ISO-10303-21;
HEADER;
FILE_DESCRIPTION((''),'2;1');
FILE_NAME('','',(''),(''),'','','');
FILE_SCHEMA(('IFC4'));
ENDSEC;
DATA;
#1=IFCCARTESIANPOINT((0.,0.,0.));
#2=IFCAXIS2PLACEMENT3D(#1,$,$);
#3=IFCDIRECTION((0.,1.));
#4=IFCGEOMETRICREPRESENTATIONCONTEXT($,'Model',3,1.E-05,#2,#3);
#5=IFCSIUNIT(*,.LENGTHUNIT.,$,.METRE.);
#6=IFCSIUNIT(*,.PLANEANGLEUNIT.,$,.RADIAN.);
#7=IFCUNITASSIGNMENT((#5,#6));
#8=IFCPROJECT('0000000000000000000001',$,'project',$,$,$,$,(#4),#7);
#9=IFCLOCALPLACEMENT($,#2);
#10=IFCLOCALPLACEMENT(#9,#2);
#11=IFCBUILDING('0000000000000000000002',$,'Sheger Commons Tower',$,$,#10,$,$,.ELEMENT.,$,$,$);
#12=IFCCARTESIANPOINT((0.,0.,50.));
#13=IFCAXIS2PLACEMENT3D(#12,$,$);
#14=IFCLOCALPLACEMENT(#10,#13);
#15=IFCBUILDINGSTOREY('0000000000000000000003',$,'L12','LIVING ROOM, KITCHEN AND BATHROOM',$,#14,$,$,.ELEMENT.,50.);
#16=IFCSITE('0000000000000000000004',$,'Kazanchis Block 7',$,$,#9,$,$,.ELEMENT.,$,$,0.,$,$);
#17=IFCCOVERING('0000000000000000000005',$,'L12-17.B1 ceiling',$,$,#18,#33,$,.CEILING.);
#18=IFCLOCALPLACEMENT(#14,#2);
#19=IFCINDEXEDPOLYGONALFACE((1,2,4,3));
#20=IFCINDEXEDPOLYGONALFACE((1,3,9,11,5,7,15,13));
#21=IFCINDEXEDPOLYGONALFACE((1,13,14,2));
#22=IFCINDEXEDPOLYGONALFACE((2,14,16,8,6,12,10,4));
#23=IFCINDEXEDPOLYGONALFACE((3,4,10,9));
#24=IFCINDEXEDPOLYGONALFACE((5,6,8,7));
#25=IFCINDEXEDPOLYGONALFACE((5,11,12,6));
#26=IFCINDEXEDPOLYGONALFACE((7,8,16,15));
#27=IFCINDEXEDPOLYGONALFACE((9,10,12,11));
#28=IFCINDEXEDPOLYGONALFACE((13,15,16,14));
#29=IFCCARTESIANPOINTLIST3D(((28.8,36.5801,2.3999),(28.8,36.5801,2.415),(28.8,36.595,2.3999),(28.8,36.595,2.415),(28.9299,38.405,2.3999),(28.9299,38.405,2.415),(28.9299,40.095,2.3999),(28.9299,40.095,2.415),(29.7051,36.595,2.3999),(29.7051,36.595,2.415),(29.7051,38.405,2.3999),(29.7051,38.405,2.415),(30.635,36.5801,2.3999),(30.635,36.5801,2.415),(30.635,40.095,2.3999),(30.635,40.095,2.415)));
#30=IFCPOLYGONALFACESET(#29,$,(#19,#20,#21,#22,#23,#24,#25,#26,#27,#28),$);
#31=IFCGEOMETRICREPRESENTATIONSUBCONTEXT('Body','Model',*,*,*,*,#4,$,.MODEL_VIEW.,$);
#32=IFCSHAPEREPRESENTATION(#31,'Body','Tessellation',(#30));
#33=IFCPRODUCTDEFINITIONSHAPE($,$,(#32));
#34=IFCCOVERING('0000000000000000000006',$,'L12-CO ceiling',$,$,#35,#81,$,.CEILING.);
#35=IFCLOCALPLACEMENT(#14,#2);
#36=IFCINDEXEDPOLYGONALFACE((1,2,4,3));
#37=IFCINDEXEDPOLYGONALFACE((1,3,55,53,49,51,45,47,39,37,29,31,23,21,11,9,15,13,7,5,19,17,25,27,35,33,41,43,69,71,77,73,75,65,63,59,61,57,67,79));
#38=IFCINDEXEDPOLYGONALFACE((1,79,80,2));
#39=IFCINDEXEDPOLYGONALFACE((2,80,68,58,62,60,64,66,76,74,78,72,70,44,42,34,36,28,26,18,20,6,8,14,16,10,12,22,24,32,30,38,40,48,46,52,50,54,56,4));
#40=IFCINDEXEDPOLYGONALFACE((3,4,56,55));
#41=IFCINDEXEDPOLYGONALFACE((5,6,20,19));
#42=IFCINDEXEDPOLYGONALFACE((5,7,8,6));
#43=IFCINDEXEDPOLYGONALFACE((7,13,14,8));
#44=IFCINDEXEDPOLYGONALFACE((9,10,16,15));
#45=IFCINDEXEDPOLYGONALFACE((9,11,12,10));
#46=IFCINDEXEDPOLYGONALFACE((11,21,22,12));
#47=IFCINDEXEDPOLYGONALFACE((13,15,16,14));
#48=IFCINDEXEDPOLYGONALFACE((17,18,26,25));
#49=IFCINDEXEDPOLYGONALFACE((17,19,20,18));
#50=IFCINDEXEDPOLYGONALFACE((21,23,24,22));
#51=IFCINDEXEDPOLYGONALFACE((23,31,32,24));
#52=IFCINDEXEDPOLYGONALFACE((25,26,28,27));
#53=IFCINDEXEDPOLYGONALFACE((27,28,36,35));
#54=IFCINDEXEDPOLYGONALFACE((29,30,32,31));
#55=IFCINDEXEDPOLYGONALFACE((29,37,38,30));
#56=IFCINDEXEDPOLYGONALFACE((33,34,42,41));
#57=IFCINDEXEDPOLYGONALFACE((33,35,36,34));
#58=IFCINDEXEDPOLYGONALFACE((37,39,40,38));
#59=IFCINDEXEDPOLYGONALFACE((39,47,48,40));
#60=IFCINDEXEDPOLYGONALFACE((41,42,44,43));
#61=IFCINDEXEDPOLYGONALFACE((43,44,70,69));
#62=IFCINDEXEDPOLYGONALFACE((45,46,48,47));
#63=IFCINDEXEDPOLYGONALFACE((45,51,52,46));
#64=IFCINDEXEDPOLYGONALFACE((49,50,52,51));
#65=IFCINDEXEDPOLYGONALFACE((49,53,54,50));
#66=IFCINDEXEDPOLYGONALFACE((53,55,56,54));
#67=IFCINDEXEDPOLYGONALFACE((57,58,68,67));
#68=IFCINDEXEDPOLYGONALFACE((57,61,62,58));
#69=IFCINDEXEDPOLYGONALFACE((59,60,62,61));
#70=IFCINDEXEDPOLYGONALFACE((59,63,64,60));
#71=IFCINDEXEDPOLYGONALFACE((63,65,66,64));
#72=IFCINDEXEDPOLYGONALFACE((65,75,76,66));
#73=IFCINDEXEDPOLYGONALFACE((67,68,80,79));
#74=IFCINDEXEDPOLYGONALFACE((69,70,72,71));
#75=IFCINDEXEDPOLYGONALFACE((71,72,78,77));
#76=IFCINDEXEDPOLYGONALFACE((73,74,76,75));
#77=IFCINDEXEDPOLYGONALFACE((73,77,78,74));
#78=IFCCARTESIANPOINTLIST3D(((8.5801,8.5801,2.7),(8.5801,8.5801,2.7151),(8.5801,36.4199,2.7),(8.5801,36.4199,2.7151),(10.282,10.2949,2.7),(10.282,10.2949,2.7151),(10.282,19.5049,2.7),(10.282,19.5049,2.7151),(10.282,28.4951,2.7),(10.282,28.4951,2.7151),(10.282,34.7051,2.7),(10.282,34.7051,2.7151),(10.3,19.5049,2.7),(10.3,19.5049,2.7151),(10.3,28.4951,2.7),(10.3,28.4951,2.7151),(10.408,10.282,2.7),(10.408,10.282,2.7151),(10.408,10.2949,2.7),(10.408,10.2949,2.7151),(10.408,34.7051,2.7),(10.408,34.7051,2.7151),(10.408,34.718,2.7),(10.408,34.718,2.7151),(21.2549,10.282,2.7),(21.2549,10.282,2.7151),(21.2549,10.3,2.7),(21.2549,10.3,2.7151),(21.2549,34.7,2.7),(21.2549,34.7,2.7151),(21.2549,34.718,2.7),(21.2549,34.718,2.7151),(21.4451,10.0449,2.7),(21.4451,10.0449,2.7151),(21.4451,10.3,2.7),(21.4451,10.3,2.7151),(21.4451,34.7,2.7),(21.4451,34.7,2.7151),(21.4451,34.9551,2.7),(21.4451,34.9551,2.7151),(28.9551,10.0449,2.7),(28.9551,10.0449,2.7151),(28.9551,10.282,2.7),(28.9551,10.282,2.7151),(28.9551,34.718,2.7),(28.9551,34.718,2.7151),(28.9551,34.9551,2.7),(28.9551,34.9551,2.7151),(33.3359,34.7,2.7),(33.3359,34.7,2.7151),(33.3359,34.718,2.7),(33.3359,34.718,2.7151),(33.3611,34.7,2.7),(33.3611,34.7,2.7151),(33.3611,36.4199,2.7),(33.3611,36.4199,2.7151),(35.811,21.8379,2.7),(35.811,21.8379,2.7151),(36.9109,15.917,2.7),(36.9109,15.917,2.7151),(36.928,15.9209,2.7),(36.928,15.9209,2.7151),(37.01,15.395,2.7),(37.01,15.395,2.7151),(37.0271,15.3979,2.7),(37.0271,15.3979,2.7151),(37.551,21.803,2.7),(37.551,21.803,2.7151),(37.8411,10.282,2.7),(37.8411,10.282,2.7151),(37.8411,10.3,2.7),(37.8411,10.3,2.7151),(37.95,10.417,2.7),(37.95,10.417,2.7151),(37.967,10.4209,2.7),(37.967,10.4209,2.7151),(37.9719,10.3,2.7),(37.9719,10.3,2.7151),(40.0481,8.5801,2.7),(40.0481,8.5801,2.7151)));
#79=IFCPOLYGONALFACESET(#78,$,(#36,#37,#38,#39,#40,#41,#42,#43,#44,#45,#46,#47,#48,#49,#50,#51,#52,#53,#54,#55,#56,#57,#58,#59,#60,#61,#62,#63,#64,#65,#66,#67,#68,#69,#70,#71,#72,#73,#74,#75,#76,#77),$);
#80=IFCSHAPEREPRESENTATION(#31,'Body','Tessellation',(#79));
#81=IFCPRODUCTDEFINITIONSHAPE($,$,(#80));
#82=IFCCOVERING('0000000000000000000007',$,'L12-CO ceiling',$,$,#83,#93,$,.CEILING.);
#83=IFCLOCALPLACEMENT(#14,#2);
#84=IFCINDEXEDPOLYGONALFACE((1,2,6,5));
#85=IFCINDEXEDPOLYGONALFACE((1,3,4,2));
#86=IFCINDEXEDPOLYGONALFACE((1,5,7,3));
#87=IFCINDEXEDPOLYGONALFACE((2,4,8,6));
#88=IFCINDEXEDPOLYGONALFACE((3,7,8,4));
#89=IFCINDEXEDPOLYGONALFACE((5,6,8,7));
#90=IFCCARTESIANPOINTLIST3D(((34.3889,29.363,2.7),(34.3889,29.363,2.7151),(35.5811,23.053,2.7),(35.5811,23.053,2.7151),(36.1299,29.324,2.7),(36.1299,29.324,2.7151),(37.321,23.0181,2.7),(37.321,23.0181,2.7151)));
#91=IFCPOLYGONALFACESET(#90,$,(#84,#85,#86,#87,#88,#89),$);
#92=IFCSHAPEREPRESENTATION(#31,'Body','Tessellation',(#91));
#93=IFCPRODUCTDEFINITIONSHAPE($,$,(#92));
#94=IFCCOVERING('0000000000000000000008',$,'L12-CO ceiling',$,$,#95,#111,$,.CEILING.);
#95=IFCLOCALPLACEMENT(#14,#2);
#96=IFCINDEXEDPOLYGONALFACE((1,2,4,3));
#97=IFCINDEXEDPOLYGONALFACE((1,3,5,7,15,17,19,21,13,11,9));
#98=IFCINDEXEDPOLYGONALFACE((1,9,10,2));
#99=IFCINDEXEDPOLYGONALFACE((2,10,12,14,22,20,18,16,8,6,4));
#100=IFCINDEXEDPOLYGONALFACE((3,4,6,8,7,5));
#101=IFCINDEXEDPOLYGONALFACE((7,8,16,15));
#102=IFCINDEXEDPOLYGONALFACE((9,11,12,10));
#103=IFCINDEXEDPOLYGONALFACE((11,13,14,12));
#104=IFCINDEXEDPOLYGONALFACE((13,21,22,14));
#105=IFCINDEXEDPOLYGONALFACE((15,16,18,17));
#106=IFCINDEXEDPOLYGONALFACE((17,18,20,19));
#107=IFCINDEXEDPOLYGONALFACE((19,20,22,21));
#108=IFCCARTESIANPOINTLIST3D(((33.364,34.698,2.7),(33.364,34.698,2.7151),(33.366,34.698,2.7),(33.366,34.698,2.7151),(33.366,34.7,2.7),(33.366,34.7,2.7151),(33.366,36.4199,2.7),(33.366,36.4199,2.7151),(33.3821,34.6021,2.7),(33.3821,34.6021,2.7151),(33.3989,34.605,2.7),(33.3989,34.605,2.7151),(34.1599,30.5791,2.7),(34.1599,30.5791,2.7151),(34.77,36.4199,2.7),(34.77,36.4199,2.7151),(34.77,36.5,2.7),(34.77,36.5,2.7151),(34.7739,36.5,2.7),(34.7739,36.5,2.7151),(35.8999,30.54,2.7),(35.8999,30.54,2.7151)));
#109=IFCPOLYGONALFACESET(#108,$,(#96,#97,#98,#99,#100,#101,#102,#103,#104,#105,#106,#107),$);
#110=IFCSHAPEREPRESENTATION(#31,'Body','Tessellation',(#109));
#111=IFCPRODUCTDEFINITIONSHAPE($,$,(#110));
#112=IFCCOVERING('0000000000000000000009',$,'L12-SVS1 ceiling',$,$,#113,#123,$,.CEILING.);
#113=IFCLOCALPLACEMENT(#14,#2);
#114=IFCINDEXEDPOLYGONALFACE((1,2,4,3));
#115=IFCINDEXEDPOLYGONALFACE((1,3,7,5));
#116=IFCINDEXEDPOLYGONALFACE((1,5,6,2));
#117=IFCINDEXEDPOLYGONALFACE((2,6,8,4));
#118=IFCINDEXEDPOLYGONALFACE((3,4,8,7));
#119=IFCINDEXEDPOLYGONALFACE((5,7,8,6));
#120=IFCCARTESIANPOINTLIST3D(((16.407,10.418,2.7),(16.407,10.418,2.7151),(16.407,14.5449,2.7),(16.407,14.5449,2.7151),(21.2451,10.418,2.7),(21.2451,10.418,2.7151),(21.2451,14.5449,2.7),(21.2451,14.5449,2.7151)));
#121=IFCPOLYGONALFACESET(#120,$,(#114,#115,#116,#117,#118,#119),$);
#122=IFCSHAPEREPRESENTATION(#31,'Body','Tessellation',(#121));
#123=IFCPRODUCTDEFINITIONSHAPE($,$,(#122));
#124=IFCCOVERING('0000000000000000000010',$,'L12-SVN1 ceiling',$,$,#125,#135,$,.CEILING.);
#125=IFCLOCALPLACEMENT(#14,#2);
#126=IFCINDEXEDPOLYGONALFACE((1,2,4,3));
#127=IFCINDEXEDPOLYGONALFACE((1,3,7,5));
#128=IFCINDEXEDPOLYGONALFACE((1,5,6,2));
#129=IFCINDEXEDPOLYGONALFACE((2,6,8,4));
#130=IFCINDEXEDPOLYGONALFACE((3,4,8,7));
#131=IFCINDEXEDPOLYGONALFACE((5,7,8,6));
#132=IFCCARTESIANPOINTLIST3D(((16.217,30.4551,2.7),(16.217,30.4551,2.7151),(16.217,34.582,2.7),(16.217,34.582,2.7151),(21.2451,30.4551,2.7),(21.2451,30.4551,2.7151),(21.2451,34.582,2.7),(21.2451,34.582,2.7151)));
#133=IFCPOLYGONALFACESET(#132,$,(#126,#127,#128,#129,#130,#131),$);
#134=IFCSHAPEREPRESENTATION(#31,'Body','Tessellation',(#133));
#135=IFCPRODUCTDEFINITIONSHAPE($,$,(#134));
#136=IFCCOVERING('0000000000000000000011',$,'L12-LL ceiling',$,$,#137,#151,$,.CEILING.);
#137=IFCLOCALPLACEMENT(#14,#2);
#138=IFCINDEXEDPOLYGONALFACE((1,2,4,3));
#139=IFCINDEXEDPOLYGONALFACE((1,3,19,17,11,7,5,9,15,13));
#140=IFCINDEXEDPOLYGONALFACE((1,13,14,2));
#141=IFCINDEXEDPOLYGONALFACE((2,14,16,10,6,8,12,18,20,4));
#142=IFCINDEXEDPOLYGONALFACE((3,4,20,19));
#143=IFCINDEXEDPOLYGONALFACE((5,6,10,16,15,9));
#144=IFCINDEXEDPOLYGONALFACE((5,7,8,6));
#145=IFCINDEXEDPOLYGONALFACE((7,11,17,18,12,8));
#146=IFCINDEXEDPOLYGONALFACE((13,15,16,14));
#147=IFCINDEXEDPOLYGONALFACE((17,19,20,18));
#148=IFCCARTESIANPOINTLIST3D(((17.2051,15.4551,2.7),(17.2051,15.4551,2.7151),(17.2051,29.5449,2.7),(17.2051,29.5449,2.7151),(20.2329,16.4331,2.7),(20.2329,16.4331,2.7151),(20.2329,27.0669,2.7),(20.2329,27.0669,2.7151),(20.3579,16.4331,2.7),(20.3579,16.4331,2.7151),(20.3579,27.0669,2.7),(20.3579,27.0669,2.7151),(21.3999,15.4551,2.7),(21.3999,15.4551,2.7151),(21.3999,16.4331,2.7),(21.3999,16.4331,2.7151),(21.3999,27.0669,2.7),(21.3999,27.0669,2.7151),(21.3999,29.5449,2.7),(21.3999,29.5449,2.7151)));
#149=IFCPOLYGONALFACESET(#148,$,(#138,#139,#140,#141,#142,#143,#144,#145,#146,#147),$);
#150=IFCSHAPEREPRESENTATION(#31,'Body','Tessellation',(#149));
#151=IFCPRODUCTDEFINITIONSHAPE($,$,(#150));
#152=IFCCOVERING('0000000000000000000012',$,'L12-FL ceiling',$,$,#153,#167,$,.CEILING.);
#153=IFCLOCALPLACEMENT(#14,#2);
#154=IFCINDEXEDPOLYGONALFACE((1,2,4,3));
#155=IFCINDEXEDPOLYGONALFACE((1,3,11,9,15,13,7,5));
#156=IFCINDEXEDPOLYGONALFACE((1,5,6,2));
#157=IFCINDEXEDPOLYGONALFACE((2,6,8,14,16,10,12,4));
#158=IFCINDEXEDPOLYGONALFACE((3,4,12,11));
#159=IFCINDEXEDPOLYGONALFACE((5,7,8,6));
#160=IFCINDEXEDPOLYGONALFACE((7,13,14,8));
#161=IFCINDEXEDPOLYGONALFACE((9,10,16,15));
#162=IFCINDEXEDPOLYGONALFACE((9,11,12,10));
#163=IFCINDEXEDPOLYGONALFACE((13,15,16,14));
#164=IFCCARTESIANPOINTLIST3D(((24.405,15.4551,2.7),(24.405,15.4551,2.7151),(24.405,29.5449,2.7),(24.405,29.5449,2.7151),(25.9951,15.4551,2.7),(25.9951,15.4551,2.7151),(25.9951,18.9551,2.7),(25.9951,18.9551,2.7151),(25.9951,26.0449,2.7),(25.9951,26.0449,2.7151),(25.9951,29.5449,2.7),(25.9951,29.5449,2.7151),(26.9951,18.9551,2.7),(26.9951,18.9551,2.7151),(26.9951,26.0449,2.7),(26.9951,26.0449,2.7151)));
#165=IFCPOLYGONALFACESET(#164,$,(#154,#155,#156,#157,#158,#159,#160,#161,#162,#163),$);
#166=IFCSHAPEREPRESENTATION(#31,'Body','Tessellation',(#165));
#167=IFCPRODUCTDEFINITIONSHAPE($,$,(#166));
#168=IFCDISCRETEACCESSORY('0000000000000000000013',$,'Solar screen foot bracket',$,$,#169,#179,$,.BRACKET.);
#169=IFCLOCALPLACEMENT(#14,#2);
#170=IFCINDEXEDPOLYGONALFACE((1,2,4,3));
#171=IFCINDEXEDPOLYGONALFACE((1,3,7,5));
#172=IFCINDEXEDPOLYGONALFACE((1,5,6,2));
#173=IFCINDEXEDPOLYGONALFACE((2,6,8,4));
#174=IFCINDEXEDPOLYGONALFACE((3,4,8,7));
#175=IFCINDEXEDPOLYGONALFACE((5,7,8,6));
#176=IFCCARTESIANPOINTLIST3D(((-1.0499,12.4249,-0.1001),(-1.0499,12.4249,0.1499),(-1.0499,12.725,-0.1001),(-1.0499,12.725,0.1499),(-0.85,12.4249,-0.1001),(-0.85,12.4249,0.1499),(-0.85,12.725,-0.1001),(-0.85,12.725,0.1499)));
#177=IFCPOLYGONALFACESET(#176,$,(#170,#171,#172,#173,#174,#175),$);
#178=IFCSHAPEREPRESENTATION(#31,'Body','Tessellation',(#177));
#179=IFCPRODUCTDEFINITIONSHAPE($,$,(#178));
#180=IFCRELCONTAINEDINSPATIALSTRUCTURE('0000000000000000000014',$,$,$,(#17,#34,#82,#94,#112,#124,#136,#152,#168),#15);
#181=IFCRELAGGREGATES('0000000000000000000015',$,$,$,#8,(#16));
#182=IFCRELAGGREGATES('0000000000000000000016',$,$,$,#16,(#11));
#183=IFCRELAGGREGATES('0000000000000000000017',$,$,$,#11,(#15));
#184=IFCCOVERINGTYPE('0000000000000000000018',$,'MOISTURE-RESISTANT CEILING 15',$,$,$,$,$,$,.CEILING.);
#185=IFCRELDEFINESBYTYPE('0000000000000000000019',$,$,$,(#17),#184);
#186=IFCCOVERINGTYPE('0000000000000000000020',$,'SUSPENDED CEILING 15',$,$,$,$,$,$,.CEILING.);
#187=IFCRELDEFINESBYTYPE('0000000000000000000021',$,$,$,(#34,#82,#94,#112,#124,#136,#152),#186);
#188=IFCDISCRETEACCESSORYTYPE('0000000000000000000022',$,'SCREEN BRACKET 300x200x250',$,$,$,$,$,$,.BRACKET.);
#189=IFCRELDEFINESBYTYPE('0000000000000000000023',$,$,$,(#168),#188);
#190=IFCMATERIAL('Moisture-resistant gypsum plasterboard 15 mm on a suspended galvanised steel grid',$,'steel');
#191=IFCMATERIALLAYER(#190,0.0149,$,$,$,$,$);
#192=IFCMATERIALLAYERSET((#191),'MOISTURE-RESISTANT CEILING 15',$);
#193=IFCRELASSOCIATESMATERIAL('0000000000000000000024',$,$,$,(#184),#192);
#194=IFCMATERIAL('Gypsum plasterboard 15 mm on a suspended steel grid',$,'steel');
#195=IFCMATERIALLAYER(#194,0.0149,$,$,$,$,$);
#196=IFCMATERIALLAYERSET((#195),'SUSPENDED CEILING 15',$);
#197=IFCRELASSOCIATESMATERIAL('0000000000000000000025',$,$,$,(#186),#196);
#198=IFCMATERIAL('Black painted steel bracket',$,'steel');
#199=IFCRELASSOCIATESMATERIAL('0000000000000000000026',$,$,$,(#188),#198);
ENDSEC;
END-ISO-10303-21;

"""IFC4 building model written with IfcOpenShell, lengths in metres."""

from ifc_helpers import new_model, si_unit, direction, frame, origin, origin_2d, place, context, subcontext, project, spatial, polyline, rectangle, outline, extrude, material, layer, layer_set, type_object, element, save


model = new_model("IFC4")

# Units and contexts
model_context = context("Model", 3, precision=1e-05, world=origin(), true_north=direction((0.0, 1.0)))
body_context = subcontext(model_context, "Body", "Model", "MODEL_VIEW")
ifc_project = project(units=[si_unit("LENGTHUNIT", "METRE"), si_unit("PLANEANGLEUNIT", "RADIAN")], contexts=[model_context])

# Site, building, storey
site_placement = place(None, origin())
site = spatial("IfcSite", under=ifc_project, at=site_placement, Name="Kazanchis Block 7", CompositionType="ELEMENT", RefElevation=0.0)
building_placement = place(site_placement, origin())
building = spatial("IfcBuilding", under=site, at=building_placement, Name="Sheger Commons Tower", CompositionType="ELEMENT")
storey_placement = place(building_placement, frame((0.0, 0.0, 50.0)))
storey = spatial("IfcBuildingStorey", under=building, at=storey_placement, Name="L12", Description="LIVING ROOM, KITCHEN AND BATHROOM", CompositionType="ELEMENT", Elevation=50.0)

# Coverings
ifc_material_1 = material(Name="Moisture-resistant gypsum plasterboard 15 mm on a suspended galvanised steel grid", Category="steel")
ifc_layer_1 = layer(ifc_material_1, 0.0149)
ifc_layer_set_1 = layer_set([ifc_layer_1], Name="MOISTURE-RESISTANT CEILING 15")
covering_type_1 = type_object("IfcCoveringType", Name="MOISTURE-RESISTANT CEILING 15", PredefinedType="CEILING", material=ifc_layer_set_1)
covering_1_placement = place(storey_placement, frame((0.0, 0.0, 2.3999)))
element("IfcCovering", 1, at=covering_1_placement, inside=storey, type_object=covering_type_1, Name="L12-17.B1 ceiling", PredefinedType="CEILING", context=body_context, shape_type="SweptSolid", body=[
    extrude(outline(polyline([(28.8, 36.5801), (30.635, 36.5801), (30.635, 40.095), (28.9299, 40.095), (28.9299, 38.405), (29.7051, 38.405), (29.7051, 36.595), (28.8, 36.595), (28.8, 36.5801)])), origin(), (0.0, 0.0, 1.0), 0.0151),
])
ifc_material_2 = material(Name="Gypsum plasterboard 15 mm on a suspended steel grid", Category="steel")
ifc_layer_2 = layer(ifc_material_2, 0.0149)
ifc_layer_set_2 = layer_set([ifc_layer_2], Name="SUSPENDED CEILING 15")
covering_type_2 = type_object("IfcCoveringType", Name="SUSPENDED CEILING 15", PredefinedType="CEILING", material=ifc_layer_set_2)
covering_2_placement = place(storey_placement, frame((0.0, 0.0, 2.7)))
element("IfcCovering", 2, at=covering_2_placement, inside=storey, type_object=covering_type_2, Name="L12-CO ceiling", PredefinedType="CEILING", context=body_context, shape_type="SweptSolid", body=[
    extrude(outline(polyline([(8.5801, 8.5801), (40.0481, 8.5801), (37.551, 21.803), (35.811, 21.8379), (36.928, 15.9209), (36.9109, 15.917), (37.01, 15.395), (37.0271, 15.3979), (37.967, 10.4209), (37.95, 10.417), (37.9719, 10.3), (37.8411, 10.3), (37.8411, 10.282), (28.9551, 10.282), (28.9551, 10.0449), (21.4451, 10.0449), (21.4451, 10.3), (21.2549, 10.3), (21.2549, 10.282), (10.408, 10.282), (10.408, 10.2949), (10.282, 10.2949), (10.282, 19.5049), (10.3, 19.5049), (10.3, 28.4951), (10.282, 28.4951), (10.282, 34.7051), (10.408, 34.7051), (10.408, 34.718), (21.2549, 34.718), (21.2549, 34.7), (21.4451, 34.7), (21.4451, 34.9551), (28.9551, 34.9551), (28.9551, 34.718), (33.3359, 34.718), (33.3359, 34.7), (33.3611, 34.7), (33.3611, 36.4199), (8.5801, 36.4199), (8.5801, 8.5801)])), origin(), (0.0, 0.0, 1.0), 0.0151),
])
covering_3_placement = place(storey_placement, frame((0.0, 0.0, 2.7)))
element("IfcCovering", 3, at=covering_3_placement, inside=storey, type_object=covering_type_2, Name="L12-CO ceiling", PredefinedType="CEILING", context=body_context, shape_type="SweptSolid", body=[
    extrude(outline(polyline([(37.321, 23.0181), (36.1299, 29.324), (34.3889, 29.363), (35.5811, 23.053), (37.321, 23.0181)])), origin(), (0.0, 0.0, 1.0), 0.0151),
])
covering_4_placement = place(storey_placement, frame((0.0, 0.0, 2.7)))
element("IfcCovering", 4, at=covering_4_placement, inside=storey, type_object=covering_type_2, Name="L12-CO ceiling", PredefinedType="CEILING", context=body_context, shape_type="SweptSolid", body=[
    extrude(outline(polyline([(35.8999, 30.54), (34.7739, 36.5), (34.77, 36.5), (34.77, 36.4199), (33.366, 36.4199), (33.366, 34.7), (33.366, 34.698), (33.364, 34.698), (33.3821, 34.6021), (33.3989, 34.605), (34.1599, 30.5791), (35.8999, 30.54)])), origin(), (0.0, 0.0, 1.0), 0.0151),
])
covering_5_placement = place(storey_placement, frame((0.0, 0.0, 2.7)))
element("IfcCovering", 5, at=covering_5_placement, inside=storey, type_object=covering_type_2, Name="L12-SVS1 ceiling", PredefinedType="CEILING", context=body_context, shape_type="SweptSolid", body=[
    extrude(outline(polyline([(16.407, 10.418), (21.2451, 10.418), (21.2451, 14.5449), (16.407, 14.5449), (16.407, 10.418)])), origin(), (0.0, 0.0, 1.0), 0.0151),
])
covering_6_placement = place(storey_placement, frame((0.0, 0.0, 2.7)))
element("IfcCovering", 6, at=covering_6_placement, inside=storey, type_object=covering_type_2, Name="L12-SVN1 ceiling", PredefinedType="CEILING", context=body_context, shape_type="SweptSolid", body=[
    extrude(outline(polyline([(16.217, 30.4551), (21.2451, 30.4551), (21.2451, 34.582), (16.217, 34.582), (16.217, 30.4551)])), origin(), (0.0, 0.0, 1.0), 0.0151),
])
covering_7_placement = place(storey_placement, frame((0.0, 0.0, 2.7)))
element("IfcCovering", 7, at=covering_7_placement, inside=storey, type_object=covering_type_2, Name="L12-LL ceiling", PredefinedType="CEILING", context=body_context, shape_type="SweptSolid", body=[
    extrude(outline(polyline([(17.2051, 15.4551), (21.3999, 15.4551), (21.3999, 16.4331), (20.3579, 16.4331), (20.2329, 16.4331), (20.2329, 27.0669), (20.3579, 27.0669), (21.3999, 27.0669), (21.3999, 29.5449), (17.2051, 29.5449), (17.2051, 15.4551)])), origin(), (0.0, 0.0, 1.0), 0.0151),
])
covering_8_placement = place(storey_placement, frame((0.0, 0.0, 2.7)))
element("IfcCovering", 8, at=covering_8_placement, inside=storey, type_object=covering_type_2, Name="L12-FL ceiling", PredefinedType="CEILING", context=body_context, shape_type="SweptSolid", body=[
    extrude(outline(polyline([(24.405, 15.4551), (25.9951, 15.4551), (25.9951, 18.9551), (26.9951, 18.9551), (26.9951, 26.0449), (25.9951, 26.0449), (25.9951, 29.5449), (24.405, 29.5449), (24.405, 15.4551)])), origin(), (0.0, 0.0, 1.0), 0.0151),
])

# Discrete accessory
ifc_material_3 = material(Name="Black painted steel bracket", Category="steel")
discrete_accessory_type = type_object("IfcDiscreteAccessoryType", Name="SCREEN BRACKET 300x200x250", PredefinedType="BRACKET", material=ifc_material_3)
for number, where, z_axis, x_axis, name in (
    (9, (-0.95, 12.575, -0.1001), (0.0, 0.0, 1.0), (0.0, -1.0, 0.0), "Solar screen foot bracket"),
):
    element("IfcDiscreteAccessory", number, at=place(storey_placement, frame(where, z_axis=z_axis, x_axis=x_axis)), inside=storey, type_object=discrete_accessory_type, Name=name, PredefinedType="BRACKET", context=body_context, shape_type="SweptSolid", body=[
        extrude(rectangle(XDim=0.3, YDim=0.2, at=origin_2d()), origin(), (0.0, 0.0, 1.0), 0.25),
    ])

save(model, "model.ifc")
